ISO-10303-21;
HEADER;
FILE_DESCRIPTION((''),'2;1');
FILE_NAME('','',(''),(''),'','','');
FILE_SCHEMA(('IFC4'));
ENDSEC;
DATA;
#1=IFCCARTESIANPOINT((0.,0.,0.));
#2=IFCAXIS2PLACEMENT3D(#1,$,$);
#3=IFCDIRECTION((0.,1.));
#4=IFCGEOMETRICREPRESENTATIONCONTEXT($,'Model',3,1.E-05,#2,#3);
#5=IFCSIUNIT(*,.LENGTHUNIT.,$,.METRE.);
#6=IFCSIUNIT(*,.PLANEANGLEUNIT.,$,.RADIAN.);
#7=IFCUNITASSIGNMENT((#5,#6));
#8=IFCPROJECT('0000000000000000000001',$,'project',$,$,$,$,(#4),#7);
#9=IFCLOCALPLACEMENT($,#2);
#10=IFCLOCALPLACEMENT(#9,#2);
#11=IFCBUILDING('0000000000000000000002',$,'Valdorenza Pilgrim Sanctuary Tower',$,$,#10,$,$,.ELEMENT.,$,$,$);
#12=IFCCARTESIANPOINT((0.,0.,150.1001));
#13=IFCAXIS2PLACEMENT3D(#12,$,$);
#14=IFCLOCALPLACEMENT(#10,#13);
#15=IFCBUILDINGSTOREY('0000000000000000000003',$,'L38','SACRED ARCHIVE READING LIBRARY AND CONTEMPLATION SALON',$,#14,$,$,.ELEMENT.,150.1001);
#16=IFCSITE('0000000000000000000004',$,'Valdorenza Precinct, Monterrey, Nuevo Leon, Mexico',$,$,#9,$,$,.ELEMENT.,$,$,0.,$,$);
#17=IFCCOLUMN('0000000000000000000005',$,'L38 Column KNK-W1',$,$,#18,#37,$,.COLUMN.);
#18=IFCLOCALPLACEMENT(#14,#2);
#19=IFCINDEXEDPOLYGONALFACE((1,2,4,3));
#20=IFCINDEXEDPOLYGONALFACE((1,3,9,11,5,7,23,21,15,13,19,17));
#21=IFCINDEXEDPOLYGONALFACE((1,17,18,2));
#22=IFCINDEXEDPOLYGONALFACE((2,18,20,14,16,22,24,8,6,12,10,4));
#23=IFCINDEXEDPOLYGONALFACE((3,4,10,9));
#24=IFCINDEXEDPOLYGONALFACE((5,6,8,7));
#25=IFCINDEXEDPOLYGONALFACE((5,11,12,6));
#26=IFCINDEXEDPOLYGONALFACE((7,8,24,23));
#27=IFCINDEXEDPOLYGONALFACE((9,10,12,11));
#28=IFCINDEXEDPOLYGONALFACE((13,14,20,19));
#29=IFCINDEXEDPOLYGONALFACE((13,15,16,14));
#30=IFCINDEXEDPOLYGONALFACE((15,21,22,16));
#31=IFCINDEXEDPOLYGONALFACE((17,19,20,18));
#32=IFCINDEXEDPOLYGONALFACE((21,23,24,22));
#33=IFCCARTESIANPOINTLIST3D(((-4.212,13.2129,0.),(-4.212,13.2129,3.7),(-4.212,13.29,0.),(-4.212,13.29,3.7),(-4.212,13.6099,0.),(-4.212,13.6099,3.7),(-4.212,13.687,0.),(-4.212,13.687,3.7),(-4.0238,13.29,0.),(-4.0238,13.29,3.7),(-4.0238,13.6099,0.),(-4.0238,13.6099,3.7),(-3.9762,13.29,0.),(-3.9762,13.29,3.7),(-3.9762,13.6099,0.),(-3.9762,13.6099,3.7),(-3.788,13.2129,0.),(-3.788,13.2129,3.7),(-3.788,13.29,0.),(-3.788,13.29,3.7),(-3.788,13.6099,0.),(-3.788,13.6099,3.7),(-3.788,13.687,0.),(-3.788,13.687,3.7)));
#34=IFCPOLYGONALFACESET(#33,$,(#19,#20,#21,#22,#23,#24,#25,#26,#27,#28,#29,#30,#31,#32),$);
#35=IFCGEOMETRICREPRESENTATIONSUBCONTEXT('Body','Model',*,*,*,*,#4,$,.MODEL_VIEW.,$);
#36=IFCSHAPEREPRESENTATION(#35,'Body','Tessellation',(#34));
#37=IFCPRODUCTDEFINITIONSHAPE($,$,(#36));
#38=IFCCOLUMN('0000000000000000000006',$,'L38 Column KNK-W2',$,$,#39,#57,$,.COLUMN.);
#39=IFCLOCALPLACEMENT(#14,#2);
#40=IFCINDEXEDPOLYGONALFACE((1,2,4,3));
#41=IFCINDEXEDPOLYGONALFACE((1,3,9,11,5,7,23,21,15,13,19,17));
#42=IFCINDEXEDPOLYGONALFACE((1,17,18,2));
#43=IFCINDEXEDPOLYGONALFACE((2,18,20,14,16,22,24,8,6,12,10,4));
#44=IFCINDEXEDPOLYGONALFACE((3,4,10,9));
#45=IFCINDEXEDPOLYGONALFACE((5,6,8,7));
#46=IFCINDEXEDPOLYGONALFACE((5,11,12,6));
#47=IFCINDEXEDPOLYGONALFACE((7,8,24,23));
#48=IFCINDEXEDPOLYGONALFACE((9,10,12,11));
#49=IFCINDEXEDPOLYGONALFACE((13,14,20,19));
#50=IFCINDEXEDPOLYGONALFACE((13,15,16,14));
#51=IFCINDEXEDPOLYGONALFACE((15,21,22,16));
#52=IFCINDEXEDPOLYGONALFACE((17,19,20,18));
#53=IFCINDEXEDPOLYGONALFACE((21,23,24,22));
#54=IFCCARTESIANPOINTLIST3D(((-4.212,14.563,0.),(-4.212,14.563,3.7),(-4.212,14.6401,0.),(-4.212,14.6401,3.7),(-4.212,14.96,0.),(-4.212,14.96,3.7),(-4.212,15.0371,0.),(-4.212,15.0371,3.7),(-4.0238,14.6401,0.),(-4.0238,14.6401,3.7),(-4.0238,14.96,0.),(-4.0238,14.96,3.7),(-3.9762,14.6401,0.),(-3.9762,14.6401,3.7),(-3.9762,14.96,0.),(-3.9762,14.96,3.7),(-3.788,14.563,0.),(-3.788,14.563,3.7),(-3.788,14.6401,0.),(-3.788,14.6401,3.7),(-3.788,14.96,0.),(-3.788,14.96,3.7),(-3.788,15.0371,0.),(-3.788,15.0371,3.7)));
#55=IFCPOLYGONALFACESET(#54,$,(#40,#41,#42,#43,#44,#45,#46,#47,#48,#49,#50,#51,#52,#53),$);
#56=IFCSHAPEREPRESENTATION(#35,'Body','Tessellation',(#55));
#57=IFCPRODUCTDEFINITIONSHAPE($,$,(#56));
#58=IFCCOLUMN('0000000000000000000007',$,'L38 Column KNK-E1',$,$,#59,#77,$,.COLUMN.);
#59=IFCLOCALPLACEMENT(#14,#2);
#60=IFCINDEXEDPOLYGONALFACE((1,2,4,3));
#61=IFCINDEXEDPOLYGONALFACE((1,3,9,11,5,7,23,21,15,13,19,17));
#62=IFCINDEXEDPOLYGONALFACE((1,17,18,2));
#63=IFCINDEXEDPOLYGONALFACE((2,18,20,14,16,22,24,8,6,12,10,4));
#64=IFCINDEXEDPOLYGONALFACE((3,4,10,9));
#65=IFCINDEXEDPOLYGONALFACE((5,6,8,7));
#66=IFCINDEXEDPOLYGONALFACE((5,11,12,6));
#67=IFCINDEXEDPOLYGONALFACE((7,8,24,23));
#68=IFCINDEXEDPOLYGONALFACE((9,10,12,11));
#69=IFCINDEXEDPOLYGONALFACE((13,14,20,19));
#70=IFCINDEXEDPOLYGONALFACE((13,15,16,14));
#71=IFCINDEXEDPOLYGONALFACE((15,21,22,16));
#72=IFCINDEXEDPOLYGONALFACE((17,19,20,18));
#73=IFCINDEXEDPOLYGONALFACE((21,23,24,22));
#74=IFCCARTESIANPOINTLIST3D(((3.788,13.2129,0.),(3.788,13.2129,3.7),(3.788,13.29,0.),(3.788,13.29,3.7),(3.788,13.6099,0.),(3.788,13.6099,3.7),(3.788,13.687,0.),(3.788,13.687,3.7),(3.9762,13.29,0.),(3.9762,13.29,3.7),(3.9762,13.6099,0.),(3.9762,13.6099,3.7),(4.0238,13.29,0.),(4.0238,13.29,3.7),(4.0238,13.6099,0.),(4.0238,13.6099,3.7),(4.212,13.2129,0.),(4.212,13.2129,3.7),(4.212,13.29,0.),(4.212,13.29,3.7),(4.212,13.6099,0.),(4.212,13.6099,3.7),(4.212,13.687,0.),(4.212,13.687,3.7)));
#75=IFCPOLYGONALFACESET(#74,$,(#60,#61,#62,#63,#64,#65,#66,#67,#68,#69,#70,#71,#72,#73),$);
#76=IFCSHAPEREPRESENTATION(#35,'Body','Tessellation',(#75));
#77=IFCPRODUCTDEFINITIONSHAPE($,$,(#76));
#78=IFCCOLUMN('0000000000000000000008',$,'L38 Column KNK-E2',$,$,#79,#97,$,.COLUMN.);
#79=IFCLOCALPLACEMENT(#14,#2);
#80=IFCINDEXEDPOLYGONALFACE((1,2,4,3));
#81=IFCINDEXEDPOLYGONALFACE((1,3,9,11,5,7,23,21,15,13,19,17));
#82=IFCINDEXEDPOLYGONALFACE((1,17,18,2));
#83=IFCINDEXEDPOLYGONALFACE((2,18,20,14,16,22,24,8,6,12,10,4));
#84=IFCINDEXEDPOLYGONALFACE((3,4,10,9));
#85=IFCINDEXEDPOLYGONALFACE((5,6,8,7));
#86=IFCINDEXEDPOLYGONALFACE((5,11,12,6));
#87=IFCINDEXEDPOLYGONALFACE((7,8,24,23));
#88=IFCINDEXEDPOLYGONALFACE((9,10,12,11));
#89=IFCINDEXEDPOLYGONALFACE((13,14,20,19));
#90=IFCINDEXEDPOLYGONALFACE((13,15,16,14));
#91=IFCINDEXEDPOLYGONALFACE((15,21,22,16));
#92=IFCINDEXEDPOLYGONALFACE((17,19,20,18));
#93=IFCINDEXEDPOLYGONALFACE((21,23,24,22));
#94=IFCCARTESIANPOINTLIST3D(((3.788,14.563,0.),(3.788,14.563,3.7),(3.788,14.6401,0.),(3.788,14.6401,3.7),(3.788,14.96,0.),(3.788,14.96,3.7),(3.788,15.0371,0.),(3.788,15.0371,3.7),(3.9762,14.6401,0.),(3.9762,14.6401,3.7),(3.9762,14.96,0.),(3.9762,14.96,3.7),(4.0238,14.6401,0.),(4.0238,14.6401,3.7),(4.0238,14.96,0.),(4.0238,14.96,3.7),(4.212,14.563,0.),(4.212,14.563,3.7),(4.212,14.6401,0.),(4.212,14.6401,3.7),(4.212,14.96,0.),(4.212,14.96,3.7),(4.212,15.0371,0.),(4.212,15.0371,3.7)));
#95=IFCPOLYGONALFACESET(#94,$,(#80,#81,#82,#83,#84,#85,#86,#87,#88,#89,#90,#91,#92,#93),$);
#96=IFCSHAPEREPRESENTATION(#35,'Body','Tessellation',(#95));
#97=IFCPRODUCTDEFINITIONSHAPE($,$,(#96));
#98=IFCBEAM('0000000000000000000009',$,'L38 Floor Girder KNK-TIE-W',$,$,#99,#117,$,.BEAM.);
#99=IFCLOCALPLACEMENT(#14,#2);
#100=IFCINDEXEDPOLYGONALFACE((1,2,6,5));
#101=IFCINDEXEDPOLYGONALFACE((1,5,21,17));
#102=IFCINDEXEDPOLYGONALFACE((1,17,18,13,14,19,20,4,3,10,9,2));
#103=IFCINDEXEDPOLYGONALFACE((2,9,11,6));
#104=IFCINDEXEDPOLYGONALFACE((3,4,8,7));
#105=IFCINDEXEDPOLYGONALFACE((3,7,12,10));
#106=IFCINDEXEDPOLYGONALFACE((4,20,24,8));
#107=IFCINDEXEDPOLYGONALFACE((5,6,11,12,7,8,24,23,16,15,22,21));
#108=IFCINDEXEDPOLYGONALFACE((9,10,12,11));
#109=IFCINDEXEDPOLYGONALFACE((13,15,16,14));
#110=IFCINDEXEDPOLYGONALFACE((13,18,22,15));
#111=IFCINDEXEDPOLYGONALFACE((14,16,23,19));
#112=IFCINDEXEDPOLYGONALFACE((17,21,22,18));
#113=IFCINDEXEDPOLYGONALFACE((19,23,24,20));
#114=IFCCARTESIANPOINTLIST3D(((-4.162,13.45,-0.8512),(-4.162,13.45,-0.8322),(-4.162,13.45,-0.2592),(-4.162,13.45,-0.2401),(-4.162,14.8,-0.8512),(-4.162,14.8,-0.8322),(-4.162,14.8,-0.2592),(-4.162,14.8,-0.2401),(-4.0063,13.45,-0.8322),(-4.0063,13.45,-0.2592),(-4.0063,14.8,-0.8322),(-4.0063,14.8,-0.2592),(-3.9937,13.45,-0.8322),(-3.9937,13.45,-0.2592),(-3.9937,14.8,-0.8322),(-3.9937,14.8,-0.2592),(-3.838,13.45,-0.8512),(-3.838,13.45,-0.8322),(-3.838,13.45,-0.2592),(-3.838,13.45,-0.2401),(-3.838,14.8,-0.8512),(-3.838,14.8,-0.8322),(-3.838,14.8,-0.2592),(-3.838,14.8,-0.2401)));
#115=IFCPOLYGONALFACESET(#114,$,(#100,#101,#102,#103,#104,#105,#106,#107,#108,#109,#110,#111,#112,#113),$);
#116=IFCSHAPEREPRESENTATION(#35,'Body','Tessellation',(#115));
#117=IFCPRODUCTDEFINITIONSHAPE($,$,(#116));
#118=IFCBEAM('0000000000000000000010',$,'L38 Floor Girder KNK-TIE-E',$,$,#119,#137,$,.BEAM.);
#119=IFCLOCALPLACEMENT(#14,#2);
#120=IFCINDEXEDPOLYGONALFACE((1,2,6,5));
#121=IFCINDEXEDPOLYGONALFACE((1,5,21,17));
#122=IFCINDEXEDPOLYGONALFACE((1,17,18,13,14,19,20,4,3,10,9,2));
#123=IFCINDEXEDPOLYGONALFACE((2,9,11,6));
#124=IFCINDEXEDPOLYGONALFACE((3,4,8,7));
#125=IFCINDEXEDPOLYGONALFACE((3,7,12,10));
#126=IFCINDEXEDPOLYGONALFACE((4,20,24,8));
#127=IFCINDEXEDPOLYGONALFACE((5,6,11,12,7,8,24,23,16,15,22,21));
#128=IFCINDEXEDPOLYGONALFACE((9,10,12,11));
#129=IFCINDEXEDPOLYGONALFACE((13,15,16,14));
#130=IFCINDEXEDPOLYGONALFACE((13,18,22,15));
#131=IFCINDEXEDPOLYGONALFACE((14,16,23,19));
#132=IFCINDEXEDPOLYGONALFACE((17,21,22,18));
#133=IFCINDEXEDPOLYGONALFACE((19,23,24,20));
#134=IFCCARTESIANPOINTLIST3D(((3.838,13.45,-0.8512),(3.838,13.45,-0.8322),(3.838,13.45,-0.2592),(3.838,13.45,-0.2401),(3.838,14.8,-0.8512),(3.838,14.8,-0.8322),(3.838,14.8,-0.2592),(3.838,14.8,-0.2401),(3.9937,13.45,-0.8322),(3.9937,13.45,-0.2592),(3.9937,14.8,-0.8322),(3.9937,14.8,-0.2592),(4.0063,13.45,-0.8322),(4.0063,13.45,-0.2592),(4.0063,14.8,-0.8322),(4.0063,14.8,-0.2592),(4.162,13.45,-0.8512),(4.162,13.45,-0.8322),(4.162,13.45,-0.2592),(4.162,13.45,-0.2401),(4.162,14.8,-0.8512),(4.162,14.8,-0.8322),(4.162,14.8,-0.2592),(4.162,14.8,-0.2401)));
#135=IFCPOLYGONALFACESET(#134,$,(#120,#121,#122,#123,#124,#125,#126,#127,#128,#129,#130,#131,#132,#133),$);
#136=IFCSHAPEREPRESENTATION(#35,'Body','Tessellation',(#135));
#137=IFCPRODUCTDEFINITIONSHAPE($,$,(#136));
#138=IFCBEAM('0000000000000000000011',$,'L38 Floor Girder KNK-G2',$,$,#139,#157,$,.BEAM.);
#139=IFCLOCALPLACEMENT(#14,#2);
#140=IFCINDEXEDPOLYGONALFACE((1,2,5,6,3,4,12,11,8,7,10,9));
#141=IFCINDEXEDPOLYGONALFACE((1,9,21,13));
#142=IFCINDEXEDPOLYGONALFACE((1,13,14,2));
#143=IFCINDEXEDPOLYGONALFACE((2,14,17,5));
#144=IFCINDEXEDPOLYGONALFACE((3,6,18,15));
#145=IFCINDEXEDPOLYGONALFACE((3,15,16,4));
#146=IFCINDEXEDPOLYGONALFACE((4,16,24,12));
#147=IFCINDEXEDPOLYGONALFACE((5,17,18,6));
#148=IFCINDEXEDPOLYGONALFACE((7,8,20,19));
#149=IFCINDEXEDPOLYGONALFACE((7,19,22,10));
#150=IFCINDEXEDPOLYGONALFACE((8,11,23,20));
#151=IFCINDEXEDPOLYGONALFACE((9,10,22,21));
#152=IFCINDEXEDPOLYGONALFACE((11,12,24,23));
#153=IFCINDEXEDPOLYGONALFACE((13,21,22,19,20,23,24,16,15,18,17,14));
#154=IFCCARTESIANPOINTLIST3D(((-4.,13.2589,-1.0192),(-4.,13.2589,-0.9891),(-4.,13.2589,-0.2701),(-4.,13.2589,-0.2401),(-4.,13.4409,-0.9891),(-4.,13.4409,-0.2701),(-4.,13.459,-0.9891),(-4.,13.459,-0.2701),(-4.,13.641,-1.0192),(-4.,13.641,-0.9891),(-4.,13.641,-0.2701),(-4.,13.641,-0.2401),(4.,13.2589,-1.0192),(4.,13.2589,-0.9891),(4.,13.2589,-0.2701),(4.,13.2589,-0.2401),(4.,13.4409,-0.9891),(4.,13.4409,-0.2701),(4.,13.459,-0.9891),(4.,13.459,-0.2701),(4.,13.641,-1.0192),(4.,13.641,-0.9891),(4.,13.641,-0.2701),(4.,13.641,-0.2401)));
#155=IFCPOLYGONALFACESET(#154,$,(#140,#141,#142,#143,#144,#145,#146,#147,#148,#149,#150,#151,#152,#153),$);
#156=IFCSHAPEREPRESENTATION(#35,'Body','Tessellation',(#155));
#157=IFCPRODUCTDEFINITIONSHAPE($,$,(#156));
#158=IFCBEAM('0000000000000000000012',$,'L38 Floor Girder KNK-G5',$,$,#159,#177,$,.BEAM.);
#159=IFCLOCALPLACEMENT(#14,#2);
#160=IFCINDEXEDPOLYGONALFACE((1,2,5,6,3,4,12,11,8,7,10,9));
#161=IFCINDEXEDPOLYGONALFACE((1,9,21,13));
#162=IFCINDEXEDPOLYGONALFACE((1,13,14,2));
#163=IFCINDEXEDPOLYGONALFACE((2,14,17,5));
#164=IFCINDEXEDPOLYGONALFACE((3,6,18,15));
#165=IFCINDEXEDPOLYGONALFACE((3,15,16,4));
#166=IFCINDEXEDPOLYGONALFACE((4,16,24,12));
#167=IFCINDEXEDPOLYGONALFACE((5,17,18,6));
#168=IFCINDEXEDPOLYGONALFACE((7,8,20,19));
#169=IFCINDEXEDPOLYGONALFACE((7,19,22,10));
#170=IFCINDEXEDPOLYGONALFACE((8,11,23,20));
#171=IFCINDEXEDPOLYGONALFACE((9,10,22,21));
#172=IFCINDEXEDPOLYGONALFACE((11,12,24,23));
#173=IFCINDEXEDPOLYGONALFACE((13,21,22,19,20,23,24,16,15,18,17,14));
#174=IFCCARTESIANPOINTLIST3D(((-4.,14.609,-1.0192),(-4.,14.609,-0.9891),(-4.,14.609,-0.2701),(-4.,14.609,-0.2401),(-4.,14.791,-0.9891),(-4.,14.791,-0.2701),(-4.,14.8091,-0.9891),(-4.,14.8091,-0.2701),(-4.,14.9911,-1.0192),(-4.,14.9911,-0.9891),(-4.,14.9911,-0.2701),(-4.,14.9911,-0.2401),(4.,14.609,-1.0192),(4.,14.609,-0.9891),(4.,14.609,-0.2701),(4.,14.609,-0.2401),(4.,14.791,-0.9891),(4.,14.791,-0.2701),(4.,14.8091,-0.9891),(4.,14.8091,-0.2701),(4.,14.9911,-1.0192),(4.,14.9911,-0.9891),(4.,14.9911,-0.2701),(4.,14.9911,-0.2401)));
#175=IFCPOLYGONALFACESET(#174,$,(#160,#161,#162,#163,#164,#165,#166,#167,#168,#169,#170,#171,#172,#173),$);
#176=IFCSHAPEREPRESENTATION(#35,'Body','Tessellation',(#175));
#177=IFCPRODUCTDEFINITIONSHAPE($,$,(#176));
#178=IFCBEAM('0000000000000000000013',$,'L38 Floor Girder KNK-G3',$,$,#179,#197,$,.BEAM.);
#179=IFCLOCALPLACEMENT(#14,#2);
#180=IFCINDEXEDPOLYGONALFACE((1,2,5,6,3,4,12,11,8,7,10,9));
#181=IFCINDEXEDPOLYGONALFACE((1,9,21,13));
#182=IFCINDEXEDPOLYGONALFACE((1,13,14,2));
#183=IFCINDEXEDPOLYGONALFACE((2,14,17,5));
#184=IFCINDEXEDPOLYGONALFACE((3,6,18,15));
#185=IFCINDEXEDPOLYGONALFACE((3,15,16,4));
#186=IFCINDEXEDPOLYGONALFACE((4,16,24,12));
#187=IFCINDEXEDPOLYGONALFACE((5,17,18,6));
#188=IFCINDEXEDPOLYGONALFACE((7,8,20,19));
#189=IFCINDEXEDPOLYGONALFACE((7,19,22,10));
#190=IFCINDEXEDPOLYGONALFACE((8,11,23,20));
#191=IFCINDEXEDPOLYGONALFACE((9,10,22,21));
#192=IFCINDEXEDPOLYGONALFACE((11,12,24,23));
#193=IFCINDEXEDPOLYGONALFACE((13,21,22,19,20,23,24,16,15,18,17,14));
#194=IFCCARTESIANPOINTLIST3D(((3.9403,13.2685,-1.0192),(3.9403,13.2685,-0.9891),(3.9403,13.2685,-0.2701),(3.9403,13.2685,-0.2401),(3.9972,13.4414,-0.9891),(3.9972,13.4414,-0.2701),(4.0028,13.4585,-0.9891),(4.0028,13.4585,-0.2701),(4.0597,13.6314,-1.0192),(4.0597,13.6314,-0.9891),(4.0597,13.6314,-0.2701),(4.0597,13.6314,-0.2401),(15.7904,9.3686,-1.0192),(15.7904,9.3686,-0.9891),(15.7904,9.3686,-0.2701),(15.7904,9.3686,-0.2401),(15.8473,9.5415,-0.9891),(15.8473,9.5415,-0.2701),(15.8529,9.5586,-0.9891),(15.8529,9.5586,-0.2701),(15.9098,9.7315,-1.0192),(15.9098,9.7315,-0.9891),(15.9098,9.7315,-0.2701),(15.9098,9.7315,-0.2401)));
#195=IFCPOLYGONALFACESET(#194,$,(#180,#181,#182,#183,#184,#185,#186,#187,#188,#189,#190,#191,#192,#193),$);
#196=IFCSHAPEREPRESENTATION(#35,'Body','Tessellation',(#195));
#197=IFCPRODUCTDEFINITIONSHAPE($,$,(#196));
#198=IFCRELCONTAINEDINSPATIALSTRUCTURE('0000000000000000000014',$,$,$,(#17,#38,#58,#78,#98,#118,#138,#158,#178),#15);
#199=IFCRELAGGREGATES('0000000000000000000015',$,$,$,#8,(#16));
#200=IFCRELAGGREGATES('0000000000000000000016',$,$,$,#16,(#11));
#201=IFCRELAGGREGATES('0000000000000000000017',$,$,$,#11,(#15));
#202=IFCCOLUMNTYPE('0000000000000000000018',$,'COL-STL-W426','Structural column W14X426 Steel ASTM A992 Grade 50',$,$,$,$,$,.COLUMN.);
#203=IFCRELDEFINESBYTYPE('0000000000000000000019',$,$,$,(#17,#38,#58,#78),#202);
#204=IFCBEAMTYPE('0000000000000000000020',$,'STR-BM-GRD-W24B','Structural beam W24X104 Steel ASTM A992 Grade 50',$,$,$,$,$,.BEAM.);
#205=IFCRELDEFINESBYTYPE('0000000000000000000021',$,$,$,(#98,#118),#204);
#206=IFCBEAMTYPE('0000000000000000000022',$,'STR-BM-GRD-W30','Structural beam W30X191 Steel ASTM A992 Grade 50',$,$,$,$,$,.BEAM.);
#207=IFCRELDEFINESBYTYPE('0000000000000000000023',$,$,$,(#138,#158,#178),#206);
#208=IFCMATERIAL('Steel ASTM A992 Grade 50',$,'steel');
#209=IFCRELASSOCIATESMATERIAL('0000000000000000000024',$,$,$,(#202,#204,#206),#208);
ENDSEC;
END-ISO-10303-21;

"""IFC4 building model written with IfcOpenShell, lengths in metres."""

from ifc_helpers import new_model, si_unit, direction, frame, origin, origin_2d, place, context, subcontext, project, spatial, i_section, extrude, source, transform, mapped, material, material_profile, profile_set, type_object, element, save


model = new_model("IFC4")

# Units and contexts
model_context = context("Model", 3, precision=1e-05, world=origin(), true_north=direction((0.0, 1.0)))
body_context = subcontext(model_context, "Body", "Model", "MODEL_VIEW")
ifc_project = project(units=[si_unit("LENGTHUNIT", "METRE"), si_unit("PLANEANGLEUNIT", "RADIAN")], contexts=[model_context])

# Site, building, storey
site_placement = place(None, origin())
site = spatial("IfcSite", under=ifc_project, at=site_placement, Name="Valdorenza Precinct, Monterrey, Nuevo Leon, Mexico", CompositionType="ELEMENT", RefElevation=0.0)
building_placement = place(site_placement, origin())
building = spatial("IfcBuilding", under=site, at=building_placement, Name="Valdorenza Pilgrim Sanctuary Tower", CompositionType="ELEMENT")
storey_placement = place(building_placement, frame((0.0, 0.0, 150.1001)))
storey = spatial("IfcBuildingStorey", under=building, at=storey_placement, Name="L38", Description="SACRED ARCHIVE READING LIBRARY AND CONTEMPLATION SALON", CompositionType="ELEMENT", Elevation=150.1001)

# Columns
ifc_material_1 = material(Name="Steel ASTM A992 Grade 50", Category="steel")
ifc_material_profile_1 = material_profile(ifc_material_1, i_section(OverallWidth=0.4241, OverallDepth=0.4741, WebThickness=0.0476, FlangeThickness=0.0771, at=origin_2d()), Name="W14X426")
ifc_profile_set_1 = profile_set([ifc_material_profile_1], Name="Steel ASTM A992 Grade 50")
column_type = type_object("IfcColumnType", Name="COL-STL-W426", Description="Structural column W14X426 Steel ASTM A992 Grade 50", PredefinedType="COLUMN", material=ifc_profile_set_1)
shared_shape_1 = source(origin(), body_context, "Body", "SweptSolid", [
    extrude(i_section(OverallWidth=0.4241, OverallDepth=0.4741, WebThickness=0.0476, FlangeThickness=0.0771, at=origin_2d()), origin(), (0.0, 0.0, 1.0), 3.7),
])
for number, where, z_axis, x_axis, name in (
    (1, (-4.0, 13.45, 0.0), (0.0, 0.0, 1.0), (1.0, 0.0, 0.0), "L38 Column KNK-W1"),
    (2, (-4.0, 14.8, 0.0), (0.0, 0.0, 1.0), (1.0, 0.0, 0.0), "L38 Column KNK-W2"),
    (3, (4.0, 13.45, 0.0), (0.0, 0.0, 1.0), (1.0, 0.0, 0.0), "L38 Column KNK-E1"),
    (4, (4.0, 14.8, 0.0), (0.0, 0.0, 1.0), (1.0, 0.0, 0.0), "L38 Column KNK-E2"),
):
    element("IfcColumn", number, at=place(storey_placement, frame(where, z_axis=z_axis, x_axis=x_axis)), inside=storey, type_object=column_type, Name=name, PredefinedType="COLUMN", context=body_context, shape_type="MappedRepresentation", body=[
        mapped(shared_shape_1, transform((0.0, 0.0, 0.0), x_axis=(1.0, 0.0, 0.0), y_axis=(0.0, 1.0, 0.0), z_axis=(0.0, 0.0, 1.0), scale=1.0)),
    ])

# Beams
ifc_material_profile_2 = material_profile(ifc_material_1, i_section(OverallWidth=0.324, OverallDepth=0.6111, WebThickness=0.0127, FlangeThickness=0.019, at=origin_2d()), Name="W24X104")
ifc_profile_set_2 = profile_set([ifc_material_profile_2], Name="Steel ASTM A992 Grade 50")
beam_type_1 = type_object("IfcBeamType", Name="STR-BM-GRD-W24B", Description="Structural beam W24X104 Steel ASTM A992 Grade 50", PredefinedType="BEAM", material=ifc_profile_set_2)
shared_shape_2 = source(origin(), body_context, "Body", "SweptSolid", [
    extrude(i_section(OverallWidth=0.324, OverallDepth=0.6111, WebThickness=0.0127, FlangeThickness=0.019, at=origin_2d()), origin(), (0.0, 0.0, 1.0), 1.3501),
])
for number, where, z_axis, x_axis, name in (
    (5, (-4.0, 13.45, -0.5457), (0.0, 1.0, 0.0), (-1.0, 0.0, 0.0), "L38 Floor Girder KNK-TIE-W"),
    (6, (4.0, 13.45, -0.5457), (0.0, 1.0, 0.0), (-1.0, 0.0, 0.0), "L38 Floor Girder KNK-TIE-E"),
):
    element("IfcBeam", number, at=place(storey_placement, frame(where, z_axis=z_axis, x_axis=x_axis)), inside=storey, type_object=beam_type_1, Name=name, PredefinedType="BEAM", context=body_context, shape_type="MappedRepresentation", body=[
        mapped(shared_shape_2, transform((0.0, 0.0, 0.0), x_axis=(1.0, 0.0, 0.0), y_axis=(0.0, 1.0, 0.0), z_axis=(0.0, 0.0, 1.0), scale=1.0)),
    ])
ifc_material_profile_3 = material_profile(ifc_material_1, i_section(OverallWidth=0.3821, OverallDepth=0.7791, WebThickness=0.0181, FlangeThickness=0.03, at=origin_2d()), Name="W30X191")
ifc_profile_set_3 = profile_set([ifc_material_profile_3], Name="Steel ASTM A992 Grade 50")
beam_type_2 = type_object("IfcBeamType", Name="STR-BM-GRD-W30", Description="Structural beam W30X191 Steel ASTM A992 Grade 50", PredefinedType="BEAM", material=ifc_profile_set_3)
shared_shape_3 = source(origin(), body_context, "Body", "SweptSolid", [
    extrude(i_section(OverallWidth=0.3821, OverallDepth=0.7791, WebThickness=0.0181, FlangeThickness=0.03, at=origin_2d()), origin(), (0.0, 0.0, 1.0), 8.0),
])
for number, where, z_axis, x_axis, name in (
    (7, (-4.0, 13.45, -0.6296), (1.0, 0.0, 0.0), (0.0, 1.0, 0.0), "L38 Floor Girder KNK-G2"),
    (8, (-4.0, 14.8, -0.6296), (1.0, 0.0, 0.0), (0.0, 1.0, 0.0), "L38 Floor Girder KNK-G5"),
):
    element("IfcBeam", number, at=place(storey_placement, frame(where, z_axis=z_axis, x_axis=x_axis)), inside=storey, type_object=beam_type_2, Name=name, PredefinedType="BEAM", context=body_context, shape_type="MappedRepresentation", body=[
        mapped(shared_shape_3, transform((0.0, 0.0, 0.0), x_axis=(1.0, 0.0, 0.0), y_axis=(0.0, 1.0, 0.0), z_axis=(0.0, 0.0, 1.0), scale=1.0)),
    ])
shared_shape_4 = source(origin(), body_context, "Body", "SweptSolid", [
    extrude(i_section(OverallWidth=0.3821, OverallDepth=0.7791, WebThickness=0.0181, FlangeThickness=0.03, at=origin_2d()), origin(), (0.0, 0.0, 1.0), 12.4753),
])
beam_1_placement = place(storey_placement, frame((4.0, 13.45, -0.6296), z_axis=(0.949882, -0.312609, 0.0), x_axis=(0.312609, 0.949882, 0.0)))
element("IfcBeam", 9, at=beam_1_placement, inside=storey, type_object=beam_type_2, Name="L38 Floor Girder KNK-G3", PredefinedType="BEAM", context=body_context, shape_type="MappedRepresentation", body=[
    mapped(shared_shape_4, transform((0.0, 0.0, 0.0), x_axis=(1.0, 0.0, 0.0), y_axis=(0.0, 1.0, 0.0), z_axis=(0.0, 0.0, 1.0), scale=1.0)),
])

save(model, "model.ifc")
